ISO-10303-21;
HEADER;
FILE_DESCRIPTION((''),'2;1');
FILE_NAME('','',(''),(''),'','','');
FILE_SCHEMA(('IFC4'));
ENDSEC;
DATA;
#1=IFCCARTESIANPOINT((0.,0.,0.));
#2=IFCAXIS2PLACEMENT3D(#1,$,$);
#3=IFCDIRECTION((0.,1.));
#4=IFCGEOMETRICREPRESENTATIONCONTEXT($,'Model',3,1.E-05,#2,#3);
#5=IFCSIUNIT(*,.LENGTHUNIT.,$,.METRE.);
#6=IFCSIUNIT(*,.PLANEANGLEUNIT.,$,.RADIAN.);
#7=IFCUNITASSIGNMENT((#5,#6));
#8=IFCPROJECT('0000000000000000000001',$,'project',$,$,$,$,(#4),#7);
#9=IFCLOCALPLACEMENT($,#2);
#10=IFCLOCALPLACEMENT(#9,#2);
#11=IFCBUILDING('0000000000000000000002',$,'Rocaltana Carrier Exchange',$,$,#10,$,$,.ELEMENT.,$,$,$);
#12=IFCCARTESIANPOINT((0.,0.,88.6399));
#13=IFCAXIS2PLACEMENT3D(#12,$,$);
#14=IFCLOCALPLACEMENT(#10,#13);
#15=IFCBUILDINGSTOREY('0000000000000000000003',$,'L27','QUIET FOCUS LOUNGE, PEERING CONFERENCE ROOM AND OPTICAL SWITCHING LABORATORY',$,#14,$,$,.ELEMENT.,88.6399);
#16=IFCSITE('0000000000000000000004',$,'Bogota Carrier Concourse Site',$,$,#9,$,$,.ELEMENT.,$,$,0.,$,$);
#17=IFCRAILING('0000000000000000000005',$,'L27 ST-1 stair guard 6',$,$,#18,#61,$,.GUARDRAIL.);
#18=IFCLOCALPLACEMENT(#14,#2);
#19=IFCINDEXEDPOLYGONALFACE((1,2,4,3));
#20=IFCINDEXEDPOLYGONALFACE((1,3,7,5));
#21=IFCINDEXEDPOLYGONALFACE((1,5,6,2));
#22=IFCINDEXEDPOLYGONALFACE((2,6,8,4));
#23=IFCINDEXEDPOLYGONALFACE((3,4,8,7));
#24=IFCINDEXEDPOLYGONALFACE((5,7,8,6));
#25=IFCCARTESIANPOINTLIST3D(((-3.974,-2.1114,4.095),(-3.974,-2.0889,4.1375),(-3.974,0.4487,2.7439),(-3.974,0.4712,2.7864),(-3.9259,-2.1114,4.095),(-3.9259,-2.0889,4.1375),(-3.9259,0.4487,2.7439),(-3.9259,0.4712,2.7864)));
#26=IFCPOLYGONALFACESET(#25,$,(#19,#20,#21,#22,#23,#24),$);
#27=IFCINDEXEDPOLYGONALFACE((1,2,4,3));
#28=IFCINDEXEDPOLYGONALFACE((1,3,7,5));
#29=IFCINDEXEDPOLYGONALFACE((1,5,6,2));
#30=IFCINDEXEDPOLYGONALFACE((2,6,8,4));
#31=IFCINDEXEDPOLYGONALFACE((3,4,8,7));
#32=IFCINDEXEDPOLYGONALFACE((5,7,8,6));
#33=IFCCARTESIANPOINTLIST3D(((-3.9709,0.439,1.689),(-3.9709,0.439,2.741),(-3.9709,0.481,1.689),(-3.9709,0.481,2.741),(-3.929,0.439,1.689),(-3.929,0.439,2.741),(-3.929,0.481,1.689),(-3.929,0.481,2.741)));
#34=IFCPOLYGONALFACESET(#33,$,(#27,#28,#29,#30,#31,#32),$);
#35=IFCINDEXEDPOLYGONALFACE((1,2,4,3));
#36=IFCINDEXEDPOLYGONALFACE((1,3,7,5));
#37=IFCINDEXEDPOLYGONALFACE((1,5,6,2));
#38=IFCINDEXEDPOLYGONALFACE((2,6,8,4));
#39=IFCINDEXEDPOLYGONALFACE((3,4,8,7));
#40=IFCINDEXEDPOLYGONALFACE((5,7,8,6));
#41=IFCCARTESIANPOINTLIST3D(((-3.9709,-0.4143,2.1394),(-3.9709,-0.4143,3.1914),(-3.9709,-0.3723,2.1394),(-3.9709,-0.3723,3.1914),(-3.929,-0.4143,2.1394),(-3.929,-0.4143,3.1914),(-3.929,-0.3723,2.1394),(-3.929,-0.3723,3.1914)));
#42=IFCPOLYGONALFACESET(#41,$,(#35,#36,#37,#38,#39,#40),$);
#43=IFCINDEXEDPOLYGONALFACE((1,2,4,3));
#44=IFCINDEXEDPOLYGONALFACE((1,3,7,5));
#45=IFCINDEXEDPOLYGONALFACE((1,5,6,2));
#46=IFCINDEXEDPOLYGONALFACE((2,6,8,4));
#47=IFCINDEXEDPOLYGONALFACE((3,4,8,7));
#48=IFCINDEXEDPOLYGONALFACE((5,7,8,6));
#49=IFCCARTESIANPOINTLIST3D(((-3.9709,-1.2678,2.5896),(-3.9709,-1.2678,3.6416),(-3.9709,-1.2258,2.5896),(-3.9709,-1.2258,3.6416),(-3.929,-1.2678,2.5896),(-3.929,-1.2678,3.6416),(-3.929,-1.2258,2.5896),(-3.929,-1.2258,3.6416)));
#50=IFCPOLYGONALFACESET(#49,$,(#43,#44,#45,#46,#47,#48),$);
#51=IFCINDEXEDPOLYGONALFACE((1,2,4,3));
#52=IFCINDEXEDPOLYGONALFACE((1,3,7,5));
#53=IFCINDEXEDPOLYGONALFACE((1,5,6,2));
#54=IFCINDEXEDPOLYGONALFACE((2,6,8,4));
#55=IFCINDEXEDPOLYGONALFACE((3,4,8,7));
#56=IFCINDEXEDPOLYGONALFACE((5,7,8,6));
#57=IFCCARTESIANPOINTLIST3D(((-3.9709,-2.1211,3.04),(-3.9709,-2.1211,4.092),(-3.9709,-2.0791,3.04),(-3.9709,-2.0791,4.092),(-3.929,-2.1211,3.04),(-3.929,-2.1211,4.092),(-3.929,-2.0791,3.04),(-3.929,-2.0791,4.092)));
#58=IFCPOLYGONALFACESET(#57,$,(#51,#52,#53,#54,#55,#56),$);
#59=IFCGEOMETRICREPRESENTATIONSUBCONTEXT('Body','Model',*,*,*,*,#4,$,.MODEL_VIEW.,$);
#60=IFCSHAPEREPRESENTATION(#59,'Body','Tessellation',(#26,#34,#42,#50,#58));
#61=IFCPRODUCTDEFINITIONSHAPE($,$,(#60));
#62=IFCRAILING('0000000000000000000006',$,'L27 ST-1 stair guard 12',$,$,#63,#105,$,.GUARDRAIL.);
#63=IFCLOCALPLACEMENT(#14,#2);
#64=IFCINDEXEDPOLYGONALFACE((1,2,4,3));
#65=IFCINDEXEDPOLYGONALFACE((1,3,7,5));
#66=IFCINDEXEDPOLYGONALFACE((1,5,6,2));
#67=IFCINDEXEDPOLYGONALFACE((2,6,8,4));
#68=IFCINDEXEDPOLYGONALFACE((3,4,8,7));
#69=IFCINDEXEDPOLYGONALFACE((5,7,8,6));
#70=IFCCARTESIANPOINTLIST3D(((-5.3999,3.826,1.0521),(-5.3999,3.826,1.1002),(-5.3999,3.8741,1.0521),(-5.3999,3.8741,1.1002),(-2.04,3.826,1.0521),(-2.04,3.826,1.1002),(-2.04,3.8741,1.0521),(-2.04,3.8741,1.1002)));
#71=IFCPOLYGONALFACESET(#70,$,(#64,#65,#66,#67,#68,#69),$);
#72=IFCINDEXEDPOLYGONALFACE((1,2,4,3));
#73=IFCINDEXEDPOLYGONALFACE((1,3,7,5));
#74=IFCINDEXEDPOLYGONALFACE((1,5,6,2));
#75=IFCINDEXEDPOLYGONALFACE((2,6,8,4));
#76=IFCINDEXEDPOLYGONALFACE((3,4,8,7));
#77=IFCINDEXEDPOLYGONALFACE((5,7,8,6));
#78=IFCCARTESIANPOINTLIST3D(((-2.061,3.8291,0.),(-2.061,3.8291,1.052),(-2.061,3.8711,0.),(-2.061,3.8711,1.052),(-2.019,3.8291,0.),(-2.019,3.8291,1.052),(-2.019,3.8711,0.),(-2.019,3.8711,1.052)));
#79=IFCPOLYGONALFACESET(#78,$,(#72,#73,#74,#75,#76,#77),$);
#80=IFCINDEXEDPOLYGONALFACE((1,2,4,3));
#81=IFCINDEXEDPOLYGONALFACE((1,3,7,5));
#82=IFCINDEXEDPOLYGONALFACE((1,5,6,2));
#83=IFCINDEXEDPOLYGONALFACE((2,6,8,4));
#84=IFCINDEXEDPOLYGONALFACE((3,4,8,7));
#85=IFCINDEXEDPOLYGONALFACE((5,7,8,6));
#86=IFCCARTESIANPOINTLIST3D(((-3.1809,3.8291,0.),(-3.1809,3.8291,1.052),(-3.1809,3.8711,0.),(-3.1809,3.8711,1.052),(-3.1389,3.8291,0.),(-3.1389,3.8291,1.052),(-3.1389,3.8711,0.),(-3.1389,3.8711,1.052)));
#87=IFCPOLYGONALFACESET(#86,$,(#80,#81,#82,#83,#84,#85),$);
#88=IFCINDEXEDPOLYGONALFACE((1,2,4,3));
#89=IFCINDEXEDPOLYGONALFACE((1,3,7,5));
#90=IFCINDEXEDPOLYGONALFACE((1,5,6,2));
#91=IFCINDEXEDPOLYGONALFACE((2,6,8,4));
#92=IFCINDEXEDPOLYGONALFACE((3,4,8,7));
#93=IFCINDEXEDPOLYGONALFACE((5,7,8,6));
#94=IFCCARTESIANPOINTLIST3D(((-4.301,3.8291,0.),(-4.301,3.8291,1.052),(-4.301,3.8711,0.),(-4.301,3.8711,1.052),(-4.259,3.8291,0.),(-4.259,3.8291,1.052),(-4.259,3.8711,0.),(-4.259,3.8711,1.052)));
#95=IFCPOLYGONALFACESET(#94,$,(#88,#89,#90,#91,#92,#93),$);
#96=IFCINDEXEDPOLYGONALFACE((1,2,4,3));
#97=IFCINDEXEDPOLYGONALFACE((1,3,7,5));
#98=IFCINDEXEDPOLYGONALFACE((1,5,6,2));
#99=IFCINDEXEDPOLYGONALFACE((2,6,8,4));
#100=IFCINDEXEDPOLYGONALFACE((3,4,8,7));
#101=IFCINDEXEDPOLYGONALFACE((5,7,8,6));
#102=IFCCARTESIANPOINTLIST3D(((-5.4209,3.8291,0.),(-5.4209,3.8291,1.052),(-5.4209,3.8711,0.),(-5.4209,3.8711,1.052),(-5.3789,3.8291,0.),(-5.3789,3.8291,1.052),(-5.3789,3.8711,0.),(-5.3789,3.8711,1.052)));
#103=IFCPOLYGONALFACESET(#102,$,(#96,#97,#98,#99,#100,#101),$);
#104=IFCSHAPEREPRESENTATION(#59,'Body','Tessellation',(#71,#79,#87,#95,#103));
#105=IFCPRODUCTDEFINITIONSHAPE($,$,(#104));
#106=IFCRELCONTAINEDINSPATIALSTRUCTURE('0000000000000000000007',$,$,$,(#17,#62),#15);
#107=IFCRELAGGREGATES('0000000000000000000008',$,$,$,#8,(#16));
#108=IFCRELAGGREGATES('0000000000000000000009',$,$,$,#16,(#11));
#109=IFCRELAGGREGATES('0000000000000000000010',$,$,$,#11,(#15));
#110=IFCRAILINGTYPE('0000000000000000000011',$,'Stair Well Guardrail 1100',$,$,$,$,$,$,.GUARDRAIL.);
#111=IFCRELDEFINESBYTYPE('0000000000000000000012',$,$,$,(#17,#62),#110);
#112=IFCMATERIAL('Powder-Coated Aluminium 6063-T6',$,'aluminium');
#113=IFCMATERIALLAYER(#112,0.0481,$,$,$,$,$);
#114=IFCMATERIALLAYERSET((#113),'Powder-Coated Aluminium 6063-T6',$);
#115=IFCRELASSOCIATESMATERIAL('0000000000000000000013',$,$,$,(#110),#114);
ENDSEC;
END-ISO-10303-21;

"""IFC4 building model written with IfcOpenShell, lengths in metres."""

from ifc_helpers import new_model, si_unit, direction, frame, origin, origin_2d, place, context, subcontext, project, spatial, rectangle, extrude, material, layer, layer_set, type_object, element, save


model = new_model("IFC4")

# Units and contexts
model_context = context("Model", 3, precision=1e-05, world=origin(), true_north=direction((0.0, 1.0)))
body_context = subcontext(model_context, "Body", "Model", "MODEL_VIEW")
ifc_project = project(units=[si_unit("LENGTHUNIT", "METRE"), si_unit("PLANEANGLEUNIT", "RADIAN")], contexts=[model_context])

# Site, building, storey
site_placement = place(None, origin())
site = spatial("IfcSite", under=ifc_project, at=site_placement, Name="Bogota Carrier Concourse Site", CompositionType="ELEMENT", RefElevation=0.0)
building_placement = place(site_placement, origin())
building = spatial("IfcBuilding", under=site, at=building_placement, Name="Rocaltana Carrier Exchange", CompositionType="ELEMENT")
storey_placement = place(building_placement, frame((0.0, 0.0, 88.6399)))
storey = spatial("IfcBuildingStorey", under=building, at=storey_placement, Name="L27", Description="QUIET FOCUS LOUNGE, PEERING CONFERENCE ROOM AND OPTICAL SWITCHING LABORATORY", CompositionType="ELEMENT", Elevation=88.6399)

# Railings
ifc_material_1 = material(Name="Powder-Coated Aluminium 6063-T6", Category="aluminium")
ifc_layer_1 = layer(ifc_material_1, 0.0481)
ifc_layer_set_1 = layer_set([ifc_layer_1], Name="Powder-Coated Aluminium 6063-T6")
railing_type_1 = type_object("IfcRailingType", Name="Stair Well Guardrail 1100", PredefinedType="GUARDRAIL", material=ifc_layer_set_1)
railing_1_placement = place(storey_placement, frame((-3.95, 0.46, 1.689)))
element("IfcRailing", 1, at=railing_1_placement, inside=storey, type_object=railing_type_1, Name="L27 ST-1 stair guard 6", PredefinedType="GUARDRAIL", context=body_context, shape_type="SweptSolid", body=[
    extrude(rectangle(XDim=0.0481, YDim=0.0481, at=origin_2d()), frame((0.0, 0.0, 1.0762), z_axis=(0.0, -0.884394, 0.46674), x_axis=(1.0, 0.0, 0.0)), (0.0, 0.0, 1.0), 2.8948),
    extrude(rectangle(XDim=0.042, YDim=0.042, at=origin_2d()), origin(), (0.0, 0.0, 1.0), 1.052),
    extrude(rectangle(XDim=0.042, YDim=0.042, at=origin_2d()), frame((0.0, -0.8533, 0.4504)), (0.0, 0.0, 1.0), 1.052),
    extrude(rectangle(XDim=0.042, YDim=0.042, at=origin_2d()), frame((0.0, -1.7068, 0.9006)), (0.0, 0.0, 1.0), 1.052),
    extrude(rectangle(XDim=0.042, YDim=0.042, at=origin_2d()), frame((0.0, -2.5601, 1.3511)), (0.0, 0.0, 1.0), 1.052),
])
railing_2_placement = place(storey_placement, frame((-2.04, 3.8501, 0.0)))
element("IfcRailing", 2, at=railing_2_placement, inside=storey, type_object=railing_type_1, Name="L27 ST-1 stair guard 12", PredefinedType="GUARDRAIL", context=body_context, shape_type="SweptSolid", body=[
    extrude(rectangle(XDim=0.0481, YDim=0.0481, at=origin_2d()), frame((0.0, 0.0, 1.0762), z_axis=(-1.0, 0.0, 0.0), x_axis=(0.0, -1.0, 0.0)), (0.0, 0.0, 1.0), 3.3599),
    extrude(rectangle(XDim=0.042, YDim=0.042, at=origin_2d()), origin(), (0.0, 0.0, 1.0), 1.052),
    extrude(rectangle(XDim=0.042, YDim=0.042, at=origin_2d()), frame((-1.1199, 0.0, 0.0)), (0.0, 0.0, 1.0), 1.052),
    extrude(rectangle(XDim=0.042, YDim=0.042, at=origin_2d()), frame((-2.24, 0.0, 0.0)), (0.0, 0.0, 1.0), 1.052),
    extrude(rectangle(XDim=0.042, YDim=0.042, at=origin_2d()), frame((-3.3599, 0.0, 0.0)), (0.0, 0.0, 1.0), 1.052),
])

save(model, "model.ifc")
